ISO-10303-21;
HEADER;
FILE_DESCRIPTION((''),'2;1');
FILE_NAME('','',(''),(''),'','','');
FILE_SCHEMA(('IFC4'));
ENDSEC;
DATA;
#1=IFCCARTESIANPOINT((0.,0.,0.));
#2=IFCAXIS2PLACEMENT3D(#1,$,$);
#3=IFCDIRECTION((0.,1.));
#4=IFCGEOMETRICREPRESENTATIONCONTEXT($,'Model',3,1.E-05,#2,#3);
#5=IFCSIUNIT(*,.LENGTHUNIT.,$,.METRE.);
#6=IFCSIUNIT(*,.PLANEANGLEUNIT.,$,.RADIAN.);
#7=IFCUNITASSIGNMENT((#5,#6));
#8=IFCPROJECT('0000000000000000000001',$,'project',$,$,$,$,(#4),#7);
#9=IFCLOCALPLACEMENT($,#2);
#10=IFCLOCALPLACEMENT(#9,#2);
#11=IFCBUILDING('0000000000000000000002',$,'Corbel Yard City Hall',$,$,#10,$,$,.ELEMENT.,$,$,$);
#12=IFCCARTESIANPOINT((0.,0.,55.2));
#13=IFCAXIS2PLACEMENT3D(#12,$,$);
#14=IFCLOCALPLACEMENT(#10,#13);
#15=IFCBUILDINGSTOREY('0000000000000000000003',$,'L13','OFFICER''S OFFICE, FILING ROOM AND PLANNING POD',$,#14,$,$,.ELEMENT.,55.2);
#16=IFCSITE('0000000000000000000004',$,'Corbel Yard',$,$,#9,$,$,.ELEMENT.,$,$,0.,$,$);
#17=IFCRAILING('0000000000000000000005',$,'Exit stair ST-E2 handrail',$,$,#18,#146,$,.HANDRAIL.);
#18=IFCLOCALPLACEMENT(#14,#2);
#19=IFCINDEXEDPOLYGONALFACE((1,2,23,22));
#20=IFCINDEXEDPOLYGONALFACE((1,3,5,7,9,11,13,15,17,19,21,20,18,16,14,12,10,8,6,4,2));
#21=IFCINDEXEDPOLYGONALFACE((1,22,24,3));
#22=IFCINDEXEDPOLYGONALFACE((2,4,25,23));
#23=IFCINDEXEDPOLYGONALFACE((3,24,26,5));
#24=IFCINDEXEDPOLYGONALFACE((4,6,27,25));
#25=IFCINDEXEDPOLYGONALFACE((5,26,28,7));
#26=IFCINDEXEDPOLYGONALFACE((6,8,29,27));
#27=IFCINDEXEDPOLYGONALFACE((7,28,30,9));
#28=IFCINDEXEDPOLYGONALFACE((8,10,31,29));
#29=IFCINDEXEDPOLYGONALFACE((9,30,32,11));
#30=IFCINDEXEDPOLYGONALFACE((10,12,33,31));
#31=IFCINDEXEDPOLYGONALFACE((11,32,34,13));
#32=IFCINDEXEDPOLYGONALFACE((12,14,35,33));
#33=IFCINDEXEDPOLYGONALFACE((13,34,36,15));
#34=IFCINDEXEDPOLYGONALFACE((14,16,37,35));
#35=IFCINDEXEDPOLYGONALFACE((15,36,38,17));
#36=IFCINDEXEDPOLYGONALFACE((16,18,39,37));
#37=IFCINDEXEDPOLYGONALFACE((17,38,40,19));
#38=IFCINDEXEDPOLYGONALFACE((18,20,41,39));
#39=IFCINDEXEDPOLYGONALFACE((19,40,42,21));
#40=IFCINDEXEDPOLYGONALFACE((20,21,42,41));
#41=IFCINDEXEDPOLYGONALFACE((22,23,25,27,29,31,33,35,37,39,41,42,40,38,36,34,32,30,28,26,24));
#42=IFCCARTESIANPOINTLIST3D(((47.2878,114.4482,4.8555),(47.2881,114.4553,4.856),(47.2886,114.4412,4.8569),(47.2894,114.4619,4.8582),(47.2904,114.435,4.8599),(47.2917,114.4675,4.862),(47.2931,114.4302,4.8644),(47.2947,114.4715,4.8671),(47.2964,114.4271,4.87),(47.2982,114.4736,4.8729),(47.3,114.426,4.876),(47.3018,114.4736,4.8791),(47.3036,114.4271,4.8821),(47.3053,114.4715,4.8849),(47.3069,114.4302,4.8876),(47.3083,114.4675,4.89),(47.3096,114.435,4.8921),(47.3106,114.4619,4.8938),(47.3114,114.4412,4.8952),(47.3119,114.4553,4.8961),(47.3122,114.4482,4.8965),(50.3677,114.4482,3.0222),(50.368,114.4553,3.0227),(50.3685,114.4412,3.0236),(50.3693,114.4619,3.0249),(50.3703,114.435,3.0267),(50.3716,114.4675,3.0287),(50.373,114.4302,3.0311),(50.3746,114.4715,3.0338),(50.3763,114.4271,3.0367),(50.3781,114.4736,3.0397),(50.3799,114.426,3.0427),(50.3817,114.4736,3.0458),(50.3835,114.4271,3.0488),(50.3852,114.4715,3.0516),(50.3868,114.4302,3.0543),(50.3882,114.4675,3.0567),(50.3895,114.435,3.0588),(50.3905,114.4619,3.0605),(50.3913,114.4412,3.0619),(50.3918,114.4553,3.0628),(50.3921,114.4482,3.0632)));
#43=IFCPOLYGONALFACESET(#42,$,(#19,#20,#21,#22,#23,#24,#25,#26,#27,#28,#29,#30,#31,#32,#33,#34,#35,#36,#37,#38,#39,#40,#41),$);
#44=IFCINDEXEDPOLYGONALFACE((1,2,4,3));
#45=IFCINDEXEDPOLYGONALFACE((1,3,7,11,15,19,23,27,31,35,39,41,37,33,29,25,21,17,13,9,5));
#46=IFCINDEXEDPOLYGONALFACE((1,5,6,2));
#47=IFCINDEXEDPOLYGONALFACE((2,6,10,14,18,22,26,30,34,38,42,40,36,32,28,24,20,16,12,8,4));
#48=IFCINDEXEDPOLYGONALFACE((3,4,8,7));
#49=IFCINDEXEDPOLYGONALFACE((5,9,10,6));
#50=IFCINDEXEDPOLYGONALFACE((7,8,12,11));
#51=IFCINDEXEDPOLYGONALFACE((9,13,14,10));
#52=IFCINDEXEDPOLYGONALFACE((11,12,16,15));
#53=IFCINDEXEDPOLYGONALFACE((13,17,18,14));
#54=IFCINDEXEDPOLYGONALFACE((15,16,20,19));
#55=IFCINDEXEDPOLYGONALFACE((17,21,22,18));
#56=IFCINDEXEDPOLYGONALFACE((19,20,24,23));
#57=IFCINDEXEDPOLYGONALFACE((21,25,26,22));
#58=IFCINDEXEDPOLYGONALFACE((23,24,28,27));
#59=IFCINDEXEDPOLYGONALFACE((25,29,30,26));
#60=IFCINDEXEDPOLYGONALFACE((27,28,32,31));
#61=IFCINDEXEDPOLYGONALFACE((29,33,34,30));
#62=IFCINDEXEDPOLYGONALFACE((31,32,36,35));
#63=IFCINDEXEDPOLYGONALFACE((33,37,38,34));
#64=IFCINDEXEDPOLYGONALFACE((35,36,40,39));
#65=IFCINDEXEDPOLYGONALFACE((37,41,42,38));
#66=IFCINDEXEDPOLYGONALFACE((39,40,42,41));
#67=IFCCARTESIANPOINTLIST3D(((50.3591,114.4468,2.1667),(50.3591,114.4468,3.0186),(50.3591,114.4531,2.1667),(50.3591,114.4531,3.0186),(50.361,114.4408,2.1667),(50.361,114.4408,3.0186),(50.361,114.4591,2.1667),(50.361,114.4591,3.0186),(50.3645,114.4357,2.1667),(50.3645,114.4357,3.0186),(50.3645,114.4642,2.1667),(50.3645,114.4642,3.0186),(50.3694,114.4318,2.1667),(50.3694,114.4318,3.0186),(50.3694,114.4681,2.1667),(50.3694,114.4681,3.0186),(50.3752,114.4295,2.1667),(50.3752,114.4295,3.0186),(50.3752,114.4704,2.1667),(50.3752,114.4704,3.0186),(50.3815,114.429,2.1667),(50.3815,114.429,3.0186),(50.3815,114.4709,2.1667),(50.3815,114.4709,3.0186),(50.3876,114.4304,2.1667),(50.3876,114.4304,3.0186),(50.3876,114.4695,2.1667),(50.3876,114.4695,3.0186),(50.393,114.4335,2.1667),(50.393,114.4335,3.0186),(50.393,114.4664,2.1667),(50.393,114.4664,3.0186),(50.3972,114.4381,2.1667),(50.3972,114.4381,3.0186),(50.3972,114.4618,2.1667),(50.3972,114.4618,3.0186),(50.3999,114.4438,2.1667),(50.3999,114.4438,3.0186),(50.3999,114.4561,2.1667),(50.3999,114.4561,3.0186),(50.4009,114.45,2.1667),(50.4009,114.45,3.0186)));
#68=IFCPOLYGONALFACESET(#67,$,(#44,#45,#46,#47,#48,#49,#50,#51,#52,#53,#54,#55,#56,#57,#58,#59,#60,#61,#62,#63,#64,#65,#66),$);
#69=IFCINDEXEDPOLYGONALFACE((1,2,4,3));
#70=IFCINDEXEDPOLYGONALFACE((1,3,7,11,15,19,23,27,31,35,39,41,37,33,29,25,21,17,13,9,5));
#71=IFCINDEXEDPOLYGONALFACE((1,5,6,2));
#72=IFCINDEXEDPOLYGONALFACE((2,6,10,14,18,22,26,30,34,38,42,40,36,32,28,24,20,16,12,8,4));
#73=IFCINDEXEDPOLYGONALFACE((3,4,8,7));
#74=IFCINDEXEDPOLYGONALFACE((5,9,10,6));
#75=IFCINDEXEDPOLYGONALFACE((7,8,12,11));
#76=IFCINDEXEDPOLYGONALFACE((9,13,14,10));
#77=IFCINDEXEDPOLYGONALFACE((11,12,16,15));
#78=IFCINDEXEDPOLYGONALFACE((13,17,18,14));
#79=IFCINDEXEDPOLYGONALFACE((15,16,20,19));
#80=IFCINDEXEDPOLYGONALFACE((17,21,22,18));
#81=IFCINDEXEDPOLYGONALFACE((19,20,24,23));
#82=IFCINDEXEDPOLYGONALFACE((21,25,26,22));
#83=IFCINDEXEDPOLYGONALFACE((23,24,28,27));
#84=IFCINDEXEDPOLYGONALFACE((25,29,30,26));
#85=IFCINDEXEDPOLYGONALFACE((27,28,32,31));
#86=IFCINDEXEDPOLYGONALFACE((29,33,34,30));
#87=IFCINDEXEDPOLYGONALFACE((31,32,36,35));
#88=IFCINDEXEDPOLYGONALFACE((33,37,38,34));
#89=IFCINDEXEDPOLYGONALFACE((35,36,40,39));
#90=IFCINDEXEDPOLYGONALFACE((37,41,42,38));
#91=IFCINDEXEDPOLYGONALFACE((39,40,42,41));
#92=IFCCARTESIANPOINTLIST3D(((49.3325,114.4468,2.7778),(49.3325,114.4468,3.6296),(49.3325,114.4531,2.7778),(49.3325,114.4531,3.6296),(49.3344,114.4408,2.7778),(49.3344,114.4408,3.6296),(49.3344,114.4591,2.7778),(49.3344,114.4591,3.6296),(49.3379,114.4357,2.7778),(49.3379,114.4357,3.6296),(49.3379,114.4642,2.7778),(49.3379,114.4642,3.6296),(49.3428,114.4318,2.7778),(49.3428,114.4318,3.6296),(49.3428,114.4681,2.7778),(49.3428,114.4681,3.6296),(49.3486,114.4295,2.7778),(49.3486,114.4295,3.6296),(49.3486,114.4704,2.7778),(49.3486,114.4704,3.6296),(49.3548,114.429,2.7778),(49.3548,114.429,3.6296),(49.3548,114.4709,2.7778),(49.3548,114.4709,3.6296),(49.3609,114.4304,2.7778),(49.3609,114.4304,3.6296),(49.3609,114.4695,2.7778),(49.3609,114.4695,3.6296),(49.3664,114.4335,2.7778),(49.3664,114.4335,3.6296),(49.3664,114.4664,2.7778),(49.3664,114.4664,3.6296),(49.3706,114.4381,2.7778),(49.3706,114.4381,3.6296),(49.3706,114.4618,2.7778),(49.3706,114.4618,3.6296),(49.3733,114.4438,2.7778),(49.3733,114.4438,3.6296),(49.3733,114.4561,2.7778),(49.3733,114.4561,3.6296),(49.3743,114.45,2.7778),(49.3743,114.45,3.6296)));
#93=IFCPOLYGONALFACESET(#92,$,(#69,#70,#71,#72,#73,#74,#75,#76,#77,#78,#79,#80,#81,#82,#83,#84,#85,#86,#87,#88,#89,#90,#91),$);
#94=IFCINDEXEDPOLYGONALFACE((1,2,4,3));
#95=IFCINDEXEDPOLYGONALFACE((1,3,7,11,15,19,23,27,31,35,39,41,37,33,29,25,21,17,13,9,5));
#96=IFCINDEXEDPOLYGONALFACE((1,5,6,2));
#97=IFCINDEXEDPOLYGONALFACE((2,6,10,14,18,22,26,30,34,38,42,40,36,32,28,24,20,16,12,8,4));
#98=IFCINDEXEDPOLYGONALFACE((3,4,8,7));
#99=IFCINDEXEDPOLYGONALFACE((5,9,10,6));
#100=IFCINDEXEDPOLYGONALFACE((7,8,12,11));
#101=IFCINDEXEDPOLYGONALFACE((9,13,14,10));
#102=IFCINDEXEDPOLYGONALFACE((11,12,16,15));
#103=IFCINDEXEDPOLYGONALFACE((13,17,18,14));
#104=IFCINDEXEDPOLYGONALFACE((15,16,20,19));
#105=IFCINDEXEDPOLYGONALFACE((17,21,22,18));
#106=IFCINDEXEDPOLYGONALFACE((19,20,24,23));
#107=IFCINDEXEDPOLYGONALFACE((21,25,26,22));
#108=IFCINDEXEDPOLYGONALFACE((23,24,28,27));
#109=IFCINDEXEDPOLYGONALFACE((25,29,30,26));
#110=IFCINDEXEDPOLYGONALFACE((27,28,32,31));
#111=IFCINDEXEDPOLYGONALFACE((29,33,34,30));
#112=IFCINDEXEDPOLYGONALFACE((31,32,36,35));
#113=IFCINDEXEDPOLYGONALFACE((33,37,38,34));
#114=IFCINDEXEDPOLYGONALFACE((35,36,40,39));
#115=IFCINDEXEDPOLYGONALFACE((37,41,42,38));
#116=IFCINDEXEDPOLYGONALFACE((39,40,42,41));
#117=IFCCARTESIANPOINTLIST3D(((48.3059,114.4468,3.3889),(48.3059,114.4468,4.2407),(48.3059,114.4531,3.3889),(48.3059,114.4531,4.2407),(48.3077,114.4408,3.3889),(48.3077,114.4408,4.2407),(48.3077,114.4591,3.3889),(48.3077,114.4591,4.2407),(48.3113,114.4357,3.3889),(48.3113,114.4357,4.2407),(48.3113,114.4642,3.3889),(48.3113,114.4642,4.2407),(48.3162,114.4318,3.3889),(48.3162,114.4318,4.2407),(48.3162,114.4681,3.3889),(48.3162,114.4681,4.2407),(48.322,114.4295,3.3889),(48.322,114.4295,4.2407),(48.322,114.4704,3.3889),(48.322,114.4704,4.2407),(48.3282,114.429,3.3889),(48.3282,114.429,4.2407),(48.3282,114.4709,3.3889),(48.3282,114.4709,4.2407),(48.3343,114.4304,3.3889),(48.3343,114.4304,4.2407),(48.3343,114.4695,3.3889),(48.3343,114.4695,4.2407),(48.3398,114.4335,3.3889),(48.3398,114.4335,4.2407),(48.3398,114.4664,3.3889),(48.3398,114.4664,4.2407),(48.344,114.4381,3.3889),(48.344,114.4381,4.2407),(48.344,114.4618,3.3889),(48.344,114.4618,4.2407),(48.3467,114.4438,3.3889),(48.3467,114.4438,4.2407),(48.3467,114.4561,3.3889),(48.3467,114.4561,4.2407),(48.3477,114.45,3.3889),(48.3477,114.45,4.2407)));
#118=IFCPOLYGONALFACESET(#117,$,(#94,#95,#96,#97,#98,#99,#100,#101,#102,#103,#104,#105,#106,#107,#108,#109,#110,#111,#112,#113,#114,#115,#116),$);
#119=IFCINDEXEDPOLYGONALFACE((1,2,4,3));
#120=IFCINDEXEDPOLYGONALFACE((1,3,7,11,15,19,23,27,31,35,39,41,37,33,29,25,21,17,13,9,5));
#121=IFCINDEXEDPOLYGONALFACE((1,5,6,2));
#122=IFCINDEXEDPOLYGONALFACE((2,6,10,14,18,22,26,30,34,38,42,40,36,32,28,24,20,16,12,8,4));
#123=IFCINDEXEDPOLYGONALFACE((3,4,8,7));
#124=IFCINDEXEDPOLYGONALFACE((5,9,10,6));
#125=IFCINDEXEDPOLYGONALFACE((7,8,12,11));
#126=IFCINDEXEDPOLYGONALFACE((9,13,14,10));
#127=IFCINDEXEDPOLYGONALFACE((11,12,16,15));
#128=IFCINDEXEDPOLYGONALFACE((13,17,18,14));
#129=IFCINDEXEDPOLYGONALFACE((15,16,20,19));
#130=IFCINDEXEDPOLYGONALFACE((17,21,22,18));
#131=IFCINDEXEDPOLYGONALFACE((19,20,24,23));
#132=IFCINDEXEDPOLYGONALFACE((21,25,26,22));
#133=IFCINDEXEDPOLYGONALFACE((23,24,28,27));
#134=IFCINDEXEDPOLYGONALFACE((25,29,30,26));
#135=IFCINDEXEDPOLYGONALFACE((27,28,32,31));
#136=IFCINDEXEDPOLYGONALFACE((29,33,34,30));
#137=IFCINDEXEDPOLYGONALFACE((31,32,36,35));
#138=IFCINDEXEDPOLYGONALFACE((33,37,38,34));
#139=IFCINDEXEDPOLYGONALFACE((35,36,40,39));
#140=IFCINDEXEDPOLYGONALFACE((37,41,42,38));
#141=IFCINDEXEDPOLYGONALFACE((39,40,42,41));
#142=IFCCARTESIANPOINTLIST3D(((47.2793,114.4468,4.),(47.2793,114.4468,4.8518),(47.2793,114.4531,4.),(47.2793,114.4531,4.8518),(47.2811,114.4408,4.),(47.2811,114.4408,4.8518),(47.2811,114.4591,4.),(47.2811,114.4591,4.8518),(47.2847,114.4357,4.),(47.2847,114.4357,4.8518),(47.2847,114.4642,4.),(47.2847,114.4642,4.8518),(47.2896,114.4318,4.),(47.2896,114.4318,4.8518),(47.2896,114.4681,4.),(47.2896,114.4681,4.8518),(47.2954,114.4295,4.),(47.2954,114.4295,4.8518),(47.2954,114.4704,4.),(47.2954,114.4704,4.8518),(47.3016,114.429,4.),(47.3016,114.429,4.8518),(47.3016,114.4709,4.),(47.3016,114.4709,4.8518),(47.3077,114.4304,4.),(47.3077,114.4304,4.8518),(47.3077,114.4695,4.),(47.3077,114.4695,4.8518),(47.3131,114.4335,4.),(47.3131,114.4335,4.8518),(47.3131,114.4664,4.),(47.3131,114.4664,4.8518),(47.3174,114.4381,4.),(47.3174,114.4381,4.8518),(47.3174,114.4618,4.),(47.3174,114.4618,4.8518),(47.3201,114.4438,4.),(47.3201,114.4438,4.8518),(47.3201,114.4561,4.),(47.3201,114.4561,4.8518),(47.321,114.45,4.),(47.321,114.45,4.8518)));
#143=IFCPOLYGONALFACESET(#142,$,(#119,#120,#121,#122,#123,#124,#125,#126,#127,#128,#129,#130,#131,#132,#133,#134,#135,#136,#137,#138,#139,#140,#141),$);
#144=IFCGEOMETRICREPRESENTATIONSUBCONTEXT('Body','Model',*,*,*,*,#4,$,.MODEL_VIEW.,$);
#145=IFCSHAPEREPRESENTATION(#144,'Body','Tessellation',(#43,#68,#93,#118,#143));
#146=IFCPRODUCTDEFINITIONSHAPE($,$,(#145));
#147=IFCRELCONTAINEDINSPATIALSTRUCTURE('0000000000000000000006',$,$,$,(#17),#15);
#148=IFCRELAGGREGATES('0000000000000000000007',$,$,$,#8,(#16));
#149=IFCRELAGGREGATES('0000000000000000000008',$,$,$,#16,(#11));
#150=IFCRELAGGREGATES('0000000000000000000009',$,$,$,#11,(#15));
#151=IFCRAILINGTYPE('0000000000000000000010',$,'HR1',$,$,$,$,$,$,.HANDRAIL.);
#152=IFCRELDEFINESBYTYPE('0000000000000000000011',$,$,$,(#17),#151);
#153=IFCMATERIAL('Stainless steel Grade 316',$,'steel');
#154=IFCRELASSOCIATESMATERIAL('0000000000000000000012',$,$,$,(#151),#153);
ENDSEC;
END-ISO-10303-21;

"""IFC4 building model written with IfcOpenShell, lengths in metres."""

from ifc_helpers import new_model, si_unit, direction, frame, origin, origin_2d, place, context, subcontext, project, spatial, circle, extrude, material, type_object, element, save


model = new_model("IFC4")

# Units and contexts
model_context = context("Model", 3, precision=1e-05, world=origin(), true_north=direction((0.0, 1.0)))
body_context = subcontext(model_context, "Body", "Model", "MODEL_VIEW")
ifc_project = project(units=[si_unit("LENGTHUNIT", "METRE"), si_unit("PLANEANGLEUNIT", "RADIAN")], contexts=[model_context])

# Site, building, storey
site_placement = place(None, origin())
site = spatial("IfcSite", under=ifc_project, at=site_placement, Name="Corbel Yard", CompositionType="ELEMENT", RefElevation=0.0)
building_placement = place(site_placement, origin())
building = spatial("IfcBuilding", under=site, at=building_placement, Name="Corbel Yard City Hall", CompositionType="ELEMENT")
storey_placement = place(building_placement, frame((0.0, 0.0, 55.2)))
storey = spatial("IfcBuildingStorey", under=building, at=storey_placement, Name="L13", Description="OFFICER'S OFFICE, FILING ROOM AND PLANNING POD", CompositionType="ELEMENT", Elevation=55.2)

# Shared definitions
ifc_material_1 = material(Name="Stainless steel Grade 316", Category="steel")

# Railing
railing_type = type_object("IfcRailingType", Name="HR1", PredefinedType="HANDRAIL", material=ifc_material_1)
for number, where, name in (
    (1, (50.3799, 114.45, 2.1667), "Exit stair ST-E2 handrail"),
):
    element("IfcRailing", number, at=place(storey_placement, frame(where)), inside=storey, type_object=railing_type, Name=name, PredefinedType="HANDRAIL", context=body_context, shape_type="SweptSolid", body=[
        extrude(circle(Radius=0.0239, at=origin_2d()), frame((0.0, 0.0, 0.876), z_axis=(-0.859291, 0.0, 0.511487), x_axis=(0.0, -1.0, 0.0)), (0.0, 0.0, 1.0), 3.5842),
        extrude(circle(Radius=0.021, at=origin_2d()), origin(), (0.0, 0.0, 1.0), 0.8518),
        extrude(circle(Radius=0.021, at=origin_2d()), frame((-1.0266, 0.0, 0.6111)), (0.0, 0.0, 1.0), 0.8518),
        extrude(circle(Radius=0.021, at=origin_2d()), frame((-2.0532, 0.0, 1.2222)), (0.0, 0.0, 1.0), 0.8518),
        extrude(circle(Radius=0.021, at=origin_2d()), frame((-3.0798, 0.0, 1.8333)), (0.0, 0.0, 1.0), 0.8518),
    ])

save(model, "model.ifc")
